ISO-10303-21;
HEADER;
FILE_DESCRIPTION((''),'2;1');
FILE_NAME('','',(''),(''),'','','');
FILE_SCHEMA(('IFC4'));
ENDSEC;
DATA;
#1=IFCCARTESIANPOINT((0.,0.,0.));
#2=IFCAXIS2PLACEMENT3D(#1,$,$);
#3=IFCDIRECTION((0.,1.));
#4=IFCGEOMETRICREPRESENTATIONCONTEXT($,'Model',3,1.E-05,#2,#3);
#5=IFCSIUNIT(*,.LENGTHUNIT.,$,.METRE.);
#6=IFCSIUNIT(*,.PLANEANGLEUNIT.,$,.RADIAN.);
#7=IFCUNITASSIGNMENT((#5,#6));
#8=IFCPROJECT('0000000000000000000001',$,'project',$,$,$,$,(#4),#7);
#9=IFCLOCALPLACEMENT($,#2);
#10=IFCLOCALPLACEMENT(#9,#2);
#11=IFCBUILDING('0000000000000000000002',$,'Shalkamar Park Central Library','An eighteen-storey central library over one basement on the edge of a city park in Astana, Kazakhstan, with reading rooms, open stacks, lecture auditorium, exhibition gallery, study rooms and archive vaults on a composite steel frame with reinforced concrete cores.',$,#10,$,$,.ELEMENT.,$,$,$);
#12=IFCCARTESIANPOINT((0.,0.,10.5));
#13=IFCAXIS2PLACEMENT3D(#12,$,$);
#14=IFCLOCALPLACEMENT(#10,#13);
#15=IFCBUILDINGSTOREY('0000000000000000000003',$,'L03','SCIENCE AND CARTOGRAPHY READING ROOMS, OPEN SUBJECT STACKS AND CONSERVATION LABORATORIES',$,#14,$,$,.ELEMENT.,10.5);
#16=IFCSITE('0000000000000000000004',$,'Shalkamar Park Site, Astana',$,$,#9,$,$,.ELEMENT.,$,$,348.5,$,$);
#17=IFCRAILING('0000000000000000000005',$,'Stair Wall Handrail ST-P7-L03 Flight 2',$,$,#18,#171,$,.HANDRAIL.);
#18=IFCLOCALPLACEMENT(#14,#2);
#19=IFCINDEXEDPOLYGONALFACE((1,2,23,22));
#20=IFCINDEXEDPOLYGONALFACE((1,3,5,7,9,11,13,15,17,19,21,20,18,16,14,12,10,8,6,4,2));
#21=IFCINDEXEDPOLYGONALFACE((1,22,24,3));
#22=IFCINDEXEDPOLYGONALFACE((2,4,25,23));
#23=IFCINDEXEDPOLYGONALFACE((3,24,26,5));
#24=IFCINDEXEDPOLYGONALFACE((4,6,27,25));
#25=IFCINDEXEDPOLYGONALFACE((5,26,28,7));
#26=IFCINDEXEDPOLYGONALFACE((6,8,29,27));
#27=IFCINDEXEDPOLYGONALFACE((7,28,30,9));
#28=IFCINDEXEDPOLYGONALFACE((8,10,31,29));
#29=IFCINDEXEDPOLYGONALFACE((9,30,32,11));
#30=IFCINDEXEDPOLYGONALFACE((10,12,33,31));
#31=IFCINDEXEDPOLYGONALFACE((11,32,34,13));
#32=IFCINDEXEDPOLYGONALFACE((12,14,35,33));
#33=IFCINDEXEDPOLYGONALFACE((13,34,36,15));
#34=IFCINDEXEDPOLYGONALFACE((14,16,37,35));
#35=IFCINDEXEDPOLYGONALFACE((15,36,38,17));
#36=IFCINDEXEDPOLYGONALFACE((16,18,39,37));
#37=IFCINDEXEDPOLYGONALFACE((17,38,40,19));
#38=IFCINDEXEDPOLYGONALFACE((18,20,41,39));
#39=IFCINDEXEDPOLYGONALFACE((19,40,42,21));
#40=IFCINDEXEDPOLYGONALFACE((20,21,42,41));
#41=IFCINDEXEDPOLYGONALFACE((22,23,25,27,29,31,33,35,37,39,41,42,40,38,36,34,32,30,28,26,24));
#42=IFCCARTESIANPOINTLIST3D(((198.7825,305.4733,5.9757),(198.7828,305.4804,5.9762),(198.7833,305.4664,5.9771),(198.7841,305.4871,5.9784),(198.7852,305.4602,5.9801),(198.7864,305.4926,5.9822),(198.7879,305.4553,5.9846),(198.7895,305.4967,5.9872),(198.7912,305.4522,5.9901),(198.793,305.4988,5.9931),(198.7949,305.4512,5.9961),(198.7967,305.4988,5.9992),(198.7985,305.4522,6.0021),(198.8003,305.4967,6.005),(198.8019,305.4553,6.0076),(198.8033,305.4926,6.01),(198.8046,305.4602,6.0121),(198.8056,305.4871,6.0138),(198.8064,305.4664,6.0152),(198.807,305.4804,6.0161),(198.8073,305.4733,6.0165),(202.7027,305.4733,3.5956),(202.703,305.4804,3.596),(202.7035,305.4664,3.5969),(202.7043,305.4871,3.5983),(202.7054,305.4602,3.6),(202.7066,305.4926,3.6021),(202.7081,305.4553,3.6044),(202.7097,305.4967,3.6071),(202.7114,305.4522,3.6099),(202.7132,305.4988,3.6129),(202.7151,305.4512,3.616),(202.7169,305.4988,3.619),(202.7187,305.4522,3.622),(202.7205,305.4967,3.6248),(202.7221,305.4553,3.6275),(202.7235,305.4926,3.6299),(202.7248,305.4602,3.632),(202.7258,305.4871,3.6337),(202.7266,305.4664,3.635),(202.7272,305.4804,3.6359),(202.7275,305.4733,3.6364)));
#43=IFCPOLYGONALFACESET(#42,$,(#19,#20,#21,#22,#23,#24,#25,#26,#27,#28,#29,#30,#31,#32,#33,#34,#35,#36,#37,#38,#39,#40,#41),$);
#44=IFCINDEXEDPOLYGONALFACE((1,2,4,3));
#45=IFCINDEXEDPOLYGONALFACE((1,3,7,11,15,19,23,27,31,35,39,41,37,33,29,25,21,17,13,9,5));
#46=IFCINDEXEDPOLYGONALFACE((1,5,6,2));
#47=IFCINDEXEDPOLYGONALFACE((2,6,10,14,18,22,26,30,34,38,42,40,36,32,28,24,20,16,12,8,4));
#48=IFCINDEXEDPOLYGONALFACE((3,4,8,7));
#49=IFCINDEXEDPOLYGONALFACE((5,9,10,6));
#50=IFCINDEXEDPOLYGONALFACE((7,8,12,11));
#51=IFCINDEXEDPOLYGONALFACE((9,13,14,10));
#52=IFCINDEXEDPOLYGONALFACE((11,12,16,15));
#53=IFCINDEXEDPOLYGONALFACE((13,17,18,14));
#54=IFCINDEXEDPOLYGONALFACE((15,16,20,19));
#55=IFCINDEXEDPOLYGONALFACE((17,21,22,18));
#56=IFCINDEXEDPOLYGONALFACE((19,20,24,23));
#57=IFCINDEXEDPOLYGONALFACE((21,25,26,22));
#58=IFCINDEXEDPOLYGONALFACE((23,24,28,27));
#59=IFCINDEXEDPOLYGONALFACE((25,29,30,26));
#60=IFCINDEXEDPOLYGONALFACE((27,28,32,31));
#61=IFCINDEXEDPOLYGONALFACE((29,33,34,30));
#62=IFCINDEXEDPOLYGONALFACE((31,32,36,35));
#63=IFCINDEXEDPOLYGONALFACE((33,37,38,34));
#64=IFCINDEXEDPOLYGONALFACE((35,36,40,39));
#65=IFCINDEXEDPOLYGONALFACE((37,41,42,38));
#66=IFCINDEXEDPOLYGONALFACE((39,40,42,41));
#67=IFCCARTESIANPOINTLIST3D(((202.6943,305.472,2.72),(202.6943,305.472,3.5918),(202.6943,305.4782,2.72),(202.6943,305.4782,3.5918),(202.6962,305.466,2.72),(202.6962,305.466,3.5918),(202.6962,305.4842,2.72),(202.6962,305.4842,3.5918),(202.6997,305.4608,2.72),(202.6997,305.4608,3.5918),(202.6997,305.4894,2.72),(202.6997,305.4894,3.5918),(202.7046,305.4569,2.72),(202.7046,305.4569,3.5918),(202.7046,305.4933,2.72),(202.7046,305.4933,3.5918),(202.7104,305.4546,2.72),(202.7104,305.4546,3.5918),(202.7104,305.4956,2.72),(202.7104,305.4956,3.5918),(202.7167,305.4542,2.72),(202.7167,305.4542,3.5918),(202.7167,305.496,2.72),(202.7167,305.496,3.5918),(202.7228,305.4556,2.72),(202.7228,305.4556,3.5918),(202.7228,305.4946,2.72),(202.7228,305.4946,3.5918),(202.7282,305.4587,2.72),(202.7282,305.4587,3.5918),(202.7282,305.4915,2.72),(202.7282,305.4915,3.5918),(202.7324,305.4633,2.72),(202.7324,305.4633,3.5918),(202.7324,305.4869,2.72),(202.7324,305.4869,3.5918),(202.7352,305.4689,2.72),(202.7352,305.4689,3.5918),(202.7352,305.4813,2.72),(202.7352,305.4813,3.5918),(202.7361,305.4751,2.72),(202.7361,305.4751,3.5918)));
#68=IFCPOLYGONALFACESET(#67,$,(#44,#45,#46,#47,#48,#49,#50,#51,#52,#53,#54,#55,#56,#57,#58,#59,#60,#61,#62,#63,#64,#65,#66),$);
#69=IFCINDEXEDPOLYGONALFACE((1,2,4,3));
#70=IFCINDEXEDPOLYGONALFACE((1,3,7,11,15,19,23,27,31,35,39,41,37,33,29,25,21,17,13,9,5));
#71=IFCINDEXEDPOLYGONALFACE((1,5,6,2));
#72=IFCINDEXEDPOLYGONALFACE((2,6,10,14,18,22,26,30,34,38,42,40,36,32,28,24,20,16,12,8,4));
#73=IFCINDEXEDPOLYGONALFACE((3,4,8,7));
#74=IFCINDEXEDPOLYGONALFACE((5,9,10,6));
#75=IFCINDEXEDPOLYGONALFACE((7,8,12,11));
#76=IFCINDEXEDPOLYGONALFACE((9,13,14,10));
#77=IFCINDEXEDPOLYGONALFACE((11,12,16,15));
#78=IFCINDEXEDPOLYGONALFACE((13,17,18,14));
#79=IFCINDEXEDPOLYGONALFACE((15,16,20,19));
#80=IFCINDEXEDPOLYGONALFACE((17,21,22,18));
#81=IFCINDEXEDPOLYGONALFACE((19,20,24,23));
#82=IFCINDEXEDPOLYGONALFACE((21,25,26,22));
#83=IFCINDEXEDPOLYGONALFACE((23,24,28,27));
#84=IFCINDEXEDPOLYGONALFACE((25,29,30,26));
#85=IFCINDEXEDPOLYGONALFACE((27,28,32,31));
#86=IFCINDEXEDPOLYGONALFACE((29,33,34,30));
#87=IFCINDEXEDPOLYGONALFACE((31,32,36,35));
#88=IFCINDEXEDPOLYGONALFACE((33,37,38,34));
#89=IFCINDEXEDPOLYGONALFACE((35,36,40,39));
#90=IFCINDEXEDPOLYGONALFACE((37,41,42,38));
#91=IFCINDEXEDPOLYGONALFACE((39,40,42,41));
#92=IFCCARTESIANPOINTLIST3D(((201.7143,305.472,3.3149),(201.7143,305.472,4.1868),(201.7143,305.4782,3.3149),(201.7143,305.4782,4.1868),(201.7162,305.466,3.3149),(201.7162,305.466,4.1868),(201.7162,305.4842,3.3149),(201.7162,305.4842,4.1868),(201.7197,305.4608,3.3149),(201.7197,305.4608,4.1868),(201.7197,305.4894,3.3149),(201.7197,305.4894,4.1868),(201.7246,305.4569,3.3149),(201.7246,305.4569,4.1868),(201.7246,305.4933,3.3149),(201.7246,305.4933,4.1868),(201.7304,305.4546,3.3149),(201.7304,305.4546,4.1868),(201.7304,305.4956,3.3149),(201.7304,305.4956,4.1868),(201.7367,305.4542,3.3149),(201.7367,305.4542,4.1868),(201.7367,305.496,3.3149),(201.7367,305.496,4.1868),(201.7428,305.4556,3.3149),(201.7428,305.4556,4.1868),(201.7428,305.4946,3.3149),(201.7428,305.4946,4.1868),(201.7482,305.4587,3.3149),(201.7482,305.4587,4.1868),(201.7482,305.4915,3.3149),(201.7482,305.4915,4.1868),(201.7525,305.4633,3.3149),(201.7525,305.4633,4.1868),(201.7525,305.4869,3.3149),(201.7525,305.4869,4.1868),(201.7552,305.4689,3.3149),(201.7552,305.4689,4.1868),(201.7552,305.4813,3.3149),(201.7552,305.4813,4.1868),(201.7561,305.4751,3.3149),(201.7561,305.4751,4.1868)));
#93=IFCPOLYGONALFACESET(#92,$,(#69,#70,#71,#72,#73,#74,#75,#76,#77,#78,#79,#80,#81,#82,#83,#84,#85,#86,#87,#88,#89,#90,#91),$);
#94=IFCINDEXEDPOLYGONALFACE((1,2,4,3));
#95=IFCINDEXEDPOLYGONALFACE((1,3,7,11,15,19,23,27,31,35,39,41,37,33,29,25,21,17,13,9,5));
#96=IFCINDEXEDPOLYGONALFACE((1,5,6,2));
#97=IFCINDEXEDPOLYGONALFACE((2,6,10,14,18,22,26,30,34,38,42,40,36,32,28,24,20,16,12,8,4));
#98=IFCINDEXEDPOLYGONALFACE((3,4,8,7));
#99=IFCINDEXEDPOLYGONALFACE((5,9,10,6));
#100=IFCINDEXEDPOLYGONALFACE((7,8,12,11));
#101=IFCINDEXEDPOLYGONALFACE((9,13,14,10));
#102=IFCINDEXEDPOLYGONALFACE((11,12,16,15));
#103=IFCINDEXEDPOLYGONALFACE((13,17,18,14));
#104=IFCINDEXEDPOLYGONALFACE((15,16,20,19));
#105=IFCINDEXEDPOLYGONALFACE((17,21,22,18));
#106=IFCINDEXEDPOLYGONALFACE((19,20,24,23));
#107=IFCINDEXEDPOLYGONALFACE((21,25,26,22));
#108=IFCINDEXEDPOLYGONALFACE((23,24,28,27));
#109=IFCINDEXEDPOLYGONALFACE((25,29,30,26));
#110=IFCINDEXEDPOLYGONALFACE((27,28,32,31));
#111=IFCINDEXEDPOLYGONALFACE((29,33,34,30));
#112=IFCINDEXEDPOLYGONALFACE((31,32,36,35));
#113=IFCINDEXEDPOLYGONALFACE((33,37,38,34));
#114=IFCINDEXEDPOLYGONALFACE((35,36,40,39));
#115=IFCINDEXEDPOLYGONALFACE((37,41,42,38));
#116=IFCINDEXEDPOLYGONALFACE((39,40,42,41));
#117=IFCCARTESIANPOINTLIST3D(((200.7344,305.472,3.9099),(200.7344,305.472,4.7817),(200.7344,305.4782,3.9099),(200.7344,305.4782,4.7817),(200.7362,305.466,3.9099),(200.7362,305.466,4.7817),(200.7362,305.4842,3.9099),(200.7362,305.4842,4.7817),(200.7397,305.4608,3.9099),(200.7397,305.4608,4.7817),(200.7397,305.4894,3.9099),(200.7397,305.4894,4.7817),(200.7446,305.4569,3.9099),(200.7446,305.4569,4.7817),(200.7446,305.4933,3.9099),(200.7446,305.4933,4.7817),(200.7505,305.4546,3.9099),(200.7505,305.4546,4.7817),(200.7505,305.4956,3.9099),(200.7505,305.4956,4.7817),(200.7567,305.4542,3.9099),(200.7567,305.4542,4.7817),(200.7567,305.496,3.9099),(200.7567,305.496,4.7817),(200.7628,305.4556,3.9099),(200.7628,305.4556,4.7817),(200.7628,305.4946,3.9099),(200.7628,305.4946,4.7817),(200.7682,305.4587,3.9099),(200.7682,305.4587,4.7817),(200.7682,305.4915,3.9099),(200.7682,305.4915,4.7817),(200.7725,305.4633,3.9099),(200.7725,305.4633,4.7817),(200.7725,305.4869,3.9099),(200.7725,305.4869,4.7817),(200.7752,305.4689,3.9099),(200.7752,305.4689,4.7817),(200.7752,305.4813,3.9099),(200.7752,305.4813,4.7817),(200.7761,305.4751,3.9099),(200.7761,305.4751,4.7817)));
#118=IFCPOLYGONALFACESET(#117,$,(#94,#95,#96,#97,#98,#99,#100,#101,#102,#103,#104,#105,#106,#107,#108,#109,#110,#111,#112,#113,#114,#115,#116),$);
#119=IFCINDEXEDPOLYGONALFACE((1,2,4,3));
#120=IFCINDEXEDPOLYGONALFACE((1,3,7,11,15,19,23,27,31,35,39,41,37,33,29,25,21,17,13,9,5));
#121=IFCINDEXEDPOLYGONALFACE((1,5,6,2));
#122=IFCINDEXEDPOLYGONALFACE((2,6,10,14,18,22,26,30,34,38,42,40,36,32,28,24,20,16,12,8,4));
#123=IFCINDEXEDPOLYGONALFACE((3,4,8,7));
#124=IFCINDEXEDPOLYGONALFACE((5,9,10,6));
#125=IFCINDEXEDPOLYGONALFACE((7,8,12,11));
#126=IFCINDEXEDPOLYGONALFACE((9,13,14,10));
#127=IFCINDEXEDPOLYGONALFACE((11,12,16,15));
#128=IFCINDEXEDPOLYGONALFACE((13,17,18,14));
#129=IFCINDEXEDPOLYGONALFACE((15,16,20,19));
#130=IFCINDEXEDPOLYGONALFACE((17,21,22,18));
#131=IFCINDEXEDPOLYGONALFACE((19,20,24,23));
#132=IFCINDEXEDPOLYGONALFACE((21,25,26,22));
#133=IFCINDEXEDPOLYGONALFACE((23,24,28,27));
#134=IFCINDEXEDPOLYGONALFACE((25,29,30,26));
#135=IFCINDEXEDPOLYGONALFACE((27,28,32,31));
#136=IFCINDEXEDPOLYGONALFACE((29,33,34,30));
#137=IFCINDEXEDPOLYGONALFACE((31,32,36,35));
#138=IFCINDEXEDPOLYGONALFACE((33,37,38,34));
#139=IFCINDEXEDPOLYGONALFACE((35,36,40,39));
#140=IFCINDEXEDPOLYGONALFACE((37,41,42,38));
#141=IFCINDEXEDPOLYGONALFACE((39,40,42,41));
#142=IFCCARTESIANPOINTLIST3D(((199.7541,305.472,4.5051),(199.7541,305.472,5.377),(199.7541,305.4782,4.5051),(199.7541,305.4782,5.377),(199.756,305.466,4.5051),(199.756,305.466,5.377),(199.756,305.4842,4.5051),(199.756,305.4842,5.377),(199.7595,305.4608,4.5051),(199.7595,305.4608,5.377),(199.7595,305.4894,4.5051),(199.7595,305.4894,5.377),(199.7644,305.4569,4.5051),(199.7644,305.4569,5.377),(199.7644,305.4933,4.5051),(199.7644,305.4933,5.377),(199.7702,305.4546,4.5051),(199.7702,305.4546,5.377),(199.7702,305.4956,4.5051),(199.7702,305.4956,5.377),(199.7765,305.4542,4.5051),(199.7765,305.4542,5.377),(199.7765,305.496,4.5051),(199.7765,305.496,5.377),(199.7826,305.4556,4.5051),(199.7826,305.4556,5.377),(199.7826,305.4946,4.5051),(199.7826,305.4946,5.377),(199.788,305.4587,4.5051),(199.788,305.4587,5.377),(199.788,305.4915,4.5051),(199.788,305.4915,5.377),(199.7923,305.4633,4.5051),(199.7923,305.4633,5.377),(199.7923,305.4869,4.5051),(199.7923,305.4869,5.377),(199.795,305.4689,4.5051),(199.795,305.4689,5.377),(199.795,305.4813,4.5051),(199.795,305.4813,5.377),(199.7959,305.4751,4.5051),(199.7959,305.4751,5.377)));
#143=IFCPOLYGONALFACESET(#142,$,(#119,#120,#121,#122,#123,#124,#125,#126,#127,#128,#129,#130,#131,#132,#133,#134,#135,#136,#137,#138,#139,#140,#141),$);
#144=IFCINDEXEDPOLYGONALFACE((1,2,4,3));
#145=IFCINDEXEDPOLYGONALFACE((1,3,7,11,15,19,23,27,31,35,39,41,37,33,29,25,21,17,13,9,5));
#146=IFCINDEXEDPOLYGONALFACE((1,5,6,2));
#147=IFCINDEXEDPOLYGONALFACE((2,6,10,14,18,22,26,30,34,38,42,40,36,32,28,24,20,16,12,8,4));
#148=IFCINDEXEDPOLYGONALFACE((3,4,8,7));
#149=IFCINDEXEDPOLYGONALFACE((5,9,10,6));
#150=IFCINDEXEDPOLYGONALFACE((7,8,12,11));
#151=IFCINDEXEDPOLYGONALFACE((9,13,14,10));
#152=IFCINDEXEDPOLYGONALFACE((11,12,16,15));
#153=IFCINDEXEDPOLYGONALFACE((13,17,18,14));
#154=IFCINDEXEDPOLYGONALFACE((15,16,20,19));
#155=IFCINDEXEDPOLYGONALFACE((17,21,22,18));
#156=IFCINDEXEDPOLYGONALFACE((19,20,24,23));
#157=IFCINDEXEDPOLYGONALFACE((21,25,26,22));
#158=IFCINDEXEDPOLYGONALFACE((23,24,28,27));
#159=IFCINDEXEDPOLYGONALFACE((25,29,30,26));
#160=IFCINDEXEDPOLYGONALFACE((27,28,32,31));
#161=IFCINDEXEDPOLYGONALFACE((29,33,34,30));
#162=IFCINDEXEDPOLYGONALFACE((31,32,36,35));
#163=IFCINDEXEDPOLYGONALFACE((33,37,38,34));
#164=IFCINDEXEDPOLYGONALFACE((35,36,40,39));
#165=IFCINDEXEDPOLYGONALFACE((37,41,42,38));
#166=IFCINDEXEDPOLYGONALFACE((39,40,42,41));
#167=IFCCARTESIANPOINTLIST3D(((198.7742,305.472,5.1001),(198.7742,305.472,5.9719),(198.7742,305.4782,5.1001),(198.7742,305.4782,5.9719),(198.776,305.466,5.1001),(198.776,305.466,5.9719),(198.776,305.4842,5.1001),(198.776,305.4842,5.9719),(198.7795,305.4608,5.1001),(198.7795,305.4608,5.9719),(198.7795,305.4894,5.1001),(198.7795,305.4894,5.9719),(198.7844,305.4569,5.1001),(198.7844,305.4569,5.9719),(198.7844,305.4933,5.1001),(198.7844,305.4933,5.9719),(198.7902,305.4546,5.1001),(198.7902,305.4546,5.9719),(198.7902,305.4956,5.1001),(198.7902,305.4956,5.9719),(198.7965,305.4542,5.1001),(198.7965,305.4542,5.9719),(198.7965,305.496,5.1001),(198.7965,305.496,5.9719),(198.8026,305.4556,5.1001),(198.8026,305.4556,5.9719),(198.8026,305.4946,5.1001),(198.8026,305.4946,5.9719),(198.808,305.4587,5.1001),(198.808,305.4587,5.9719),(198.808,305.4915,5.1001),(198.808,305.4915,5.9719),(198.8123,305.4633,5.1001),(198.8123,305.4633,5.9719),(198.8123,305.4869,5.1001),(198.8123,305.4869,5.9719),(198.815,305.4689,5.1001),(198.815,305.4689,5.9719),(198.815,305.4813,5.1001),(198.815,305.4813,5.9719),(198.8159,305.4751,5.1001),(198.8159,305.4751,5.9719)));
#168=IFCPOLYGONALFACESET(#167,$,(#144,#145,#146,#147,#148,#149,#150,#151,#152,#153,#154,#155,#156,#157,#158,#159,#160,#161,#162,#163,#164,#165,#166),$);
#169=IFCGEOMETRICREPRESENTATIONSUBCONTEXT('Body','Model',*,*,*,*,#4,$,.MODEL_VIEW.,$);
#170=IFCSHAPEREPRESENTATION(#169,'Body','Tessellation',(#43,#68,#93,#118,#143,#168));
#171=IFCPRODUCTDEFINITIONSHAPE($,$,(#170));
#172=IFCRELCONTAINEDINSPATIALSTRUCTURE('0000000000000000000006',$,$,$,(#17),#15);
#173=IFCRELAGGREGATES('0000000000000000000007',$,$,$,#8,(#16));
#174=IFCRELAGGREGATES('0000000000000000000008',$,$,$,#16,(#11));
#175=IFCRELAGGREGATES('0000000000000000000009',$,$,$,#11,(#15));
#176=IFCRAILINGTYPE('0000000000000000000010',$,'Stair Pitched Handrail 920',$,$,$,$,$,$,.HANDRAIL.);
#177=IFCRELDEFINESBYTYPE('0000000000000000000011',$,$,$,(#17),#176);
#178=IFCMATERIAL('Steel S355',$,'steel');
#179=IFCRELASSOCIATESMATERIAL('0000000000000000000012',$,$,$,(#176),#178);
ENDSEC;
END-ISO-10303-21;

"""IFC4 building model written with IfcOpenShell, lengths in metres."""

from ifc_helpers import new_model, si_unit, direction, frame, origin, origin_2d, place, context, subcontext, project, spatial, circle, extrude, material, type_object, element, save


model = new_model("IFC4")

# Units and contexts
model_context = context("Model", 3, precision=1e-05, world=origin(), true_north=direction((0.0, 1.0)))
body_context = subcontext(model_context, "Body", "Model", "MODEL_VIEW")
ifc_project = project(units=[si_unit("LENGTHUNIT", "METRE"), si_unit("PLANEANGLEUNIT", "RADIAN")], contexts=[model_context])

# Site, building, storey
site_placement = place(None, origin())
site = spatial("IfcSite", under=ifc_project, at=site_placement, Name="Shalkamar Park Site, Astana", CompositionType="ELEMENT", RefElevation=348.5)
building_placement = place(site_placement, origin())
building = spatial("IfcBuilding", under=site, at=building_placement, Name="Shalkamar Park Central Library", Description="An eighteen-storey central library over one basement on the edge of a city park in Astana, Kazakhstan, with reading rooms, open stacks, lecture auditorium, exhibition gallery, study rooms and archive vaults on a composite steel frame with reinforced concrete cores.", CompositionType="ELEMENT")
storey_placement = place(building_placement, frame((0.0, 0.0, 10.5)))
storey = spatial("IfcBuildingStorey", under=building, at=storey_placement, Name="L03", Description="SCIENCE AND CARTOGRAPHY READING ROOMS, OPEN SUBJECT STACKS AND CONSERVATION LABORATORIES", CompositionType="ELEMENT", Elevation=10.5)

# Shared definitions
ifc_material = material(Name="Steel S355", Category="steel")

# Railing
railing_type = type_object("IfcRailingType", Name="Stair Pitched Handrail 920", PredefinedType="HANDRAIL", material=ifc_material)
railing_placement = place(storey_placement, frame((202.7151, 305.4751, 2.72)))
element("IfcRailing", 1, at=railing_placement, inside=storey, type_object=railing_type, Name="Stair Wall Handrail ST-P7-L03 Flight 2", PredefinedType="HANDRAIL", context=body_context, shape_type="SweptSolid", body=[
    extrude(circle(Radius=0.0239, at=origin_2d()), frame((0.0, 0.0, 0.896), z_axis=(-0.854785, 0.0, 0.518982), x_axis=(0.0, -1.0, 0.0)), (0.0, 0.0, 1.0), 4.5862),
    extrude(circle(Radius=0.021, at=origin_2d()), origin(), (0.0, 0.0, 1.0), 0.8718),
    extrude(circle(Radius=0.021, at=origin_2d()), frame((-0.98, 0.0, 0.595)), (0.0, 0.0, 1.0), 0.8718),
    extrude(circle(Radius=0.021, at=origin_2d()), frame((-1.96, 0.0, 1.1899)), (0.0, 0.0, 1.0), 0.8718),
    extrude(circle(Radius=0.021, at=origin_2d()), frame((-2.9402, 0.0, 1.7852)), (0.0, 0.0, 1.0), 0.8718),
    extrude(circle(Radius=0.021, at=origin_2d()), frame((-3.9202, 0.0, 2.3801)), (0.0, 0.0, 1.0), 0.8718),
])

save(model, "model.ifc")
